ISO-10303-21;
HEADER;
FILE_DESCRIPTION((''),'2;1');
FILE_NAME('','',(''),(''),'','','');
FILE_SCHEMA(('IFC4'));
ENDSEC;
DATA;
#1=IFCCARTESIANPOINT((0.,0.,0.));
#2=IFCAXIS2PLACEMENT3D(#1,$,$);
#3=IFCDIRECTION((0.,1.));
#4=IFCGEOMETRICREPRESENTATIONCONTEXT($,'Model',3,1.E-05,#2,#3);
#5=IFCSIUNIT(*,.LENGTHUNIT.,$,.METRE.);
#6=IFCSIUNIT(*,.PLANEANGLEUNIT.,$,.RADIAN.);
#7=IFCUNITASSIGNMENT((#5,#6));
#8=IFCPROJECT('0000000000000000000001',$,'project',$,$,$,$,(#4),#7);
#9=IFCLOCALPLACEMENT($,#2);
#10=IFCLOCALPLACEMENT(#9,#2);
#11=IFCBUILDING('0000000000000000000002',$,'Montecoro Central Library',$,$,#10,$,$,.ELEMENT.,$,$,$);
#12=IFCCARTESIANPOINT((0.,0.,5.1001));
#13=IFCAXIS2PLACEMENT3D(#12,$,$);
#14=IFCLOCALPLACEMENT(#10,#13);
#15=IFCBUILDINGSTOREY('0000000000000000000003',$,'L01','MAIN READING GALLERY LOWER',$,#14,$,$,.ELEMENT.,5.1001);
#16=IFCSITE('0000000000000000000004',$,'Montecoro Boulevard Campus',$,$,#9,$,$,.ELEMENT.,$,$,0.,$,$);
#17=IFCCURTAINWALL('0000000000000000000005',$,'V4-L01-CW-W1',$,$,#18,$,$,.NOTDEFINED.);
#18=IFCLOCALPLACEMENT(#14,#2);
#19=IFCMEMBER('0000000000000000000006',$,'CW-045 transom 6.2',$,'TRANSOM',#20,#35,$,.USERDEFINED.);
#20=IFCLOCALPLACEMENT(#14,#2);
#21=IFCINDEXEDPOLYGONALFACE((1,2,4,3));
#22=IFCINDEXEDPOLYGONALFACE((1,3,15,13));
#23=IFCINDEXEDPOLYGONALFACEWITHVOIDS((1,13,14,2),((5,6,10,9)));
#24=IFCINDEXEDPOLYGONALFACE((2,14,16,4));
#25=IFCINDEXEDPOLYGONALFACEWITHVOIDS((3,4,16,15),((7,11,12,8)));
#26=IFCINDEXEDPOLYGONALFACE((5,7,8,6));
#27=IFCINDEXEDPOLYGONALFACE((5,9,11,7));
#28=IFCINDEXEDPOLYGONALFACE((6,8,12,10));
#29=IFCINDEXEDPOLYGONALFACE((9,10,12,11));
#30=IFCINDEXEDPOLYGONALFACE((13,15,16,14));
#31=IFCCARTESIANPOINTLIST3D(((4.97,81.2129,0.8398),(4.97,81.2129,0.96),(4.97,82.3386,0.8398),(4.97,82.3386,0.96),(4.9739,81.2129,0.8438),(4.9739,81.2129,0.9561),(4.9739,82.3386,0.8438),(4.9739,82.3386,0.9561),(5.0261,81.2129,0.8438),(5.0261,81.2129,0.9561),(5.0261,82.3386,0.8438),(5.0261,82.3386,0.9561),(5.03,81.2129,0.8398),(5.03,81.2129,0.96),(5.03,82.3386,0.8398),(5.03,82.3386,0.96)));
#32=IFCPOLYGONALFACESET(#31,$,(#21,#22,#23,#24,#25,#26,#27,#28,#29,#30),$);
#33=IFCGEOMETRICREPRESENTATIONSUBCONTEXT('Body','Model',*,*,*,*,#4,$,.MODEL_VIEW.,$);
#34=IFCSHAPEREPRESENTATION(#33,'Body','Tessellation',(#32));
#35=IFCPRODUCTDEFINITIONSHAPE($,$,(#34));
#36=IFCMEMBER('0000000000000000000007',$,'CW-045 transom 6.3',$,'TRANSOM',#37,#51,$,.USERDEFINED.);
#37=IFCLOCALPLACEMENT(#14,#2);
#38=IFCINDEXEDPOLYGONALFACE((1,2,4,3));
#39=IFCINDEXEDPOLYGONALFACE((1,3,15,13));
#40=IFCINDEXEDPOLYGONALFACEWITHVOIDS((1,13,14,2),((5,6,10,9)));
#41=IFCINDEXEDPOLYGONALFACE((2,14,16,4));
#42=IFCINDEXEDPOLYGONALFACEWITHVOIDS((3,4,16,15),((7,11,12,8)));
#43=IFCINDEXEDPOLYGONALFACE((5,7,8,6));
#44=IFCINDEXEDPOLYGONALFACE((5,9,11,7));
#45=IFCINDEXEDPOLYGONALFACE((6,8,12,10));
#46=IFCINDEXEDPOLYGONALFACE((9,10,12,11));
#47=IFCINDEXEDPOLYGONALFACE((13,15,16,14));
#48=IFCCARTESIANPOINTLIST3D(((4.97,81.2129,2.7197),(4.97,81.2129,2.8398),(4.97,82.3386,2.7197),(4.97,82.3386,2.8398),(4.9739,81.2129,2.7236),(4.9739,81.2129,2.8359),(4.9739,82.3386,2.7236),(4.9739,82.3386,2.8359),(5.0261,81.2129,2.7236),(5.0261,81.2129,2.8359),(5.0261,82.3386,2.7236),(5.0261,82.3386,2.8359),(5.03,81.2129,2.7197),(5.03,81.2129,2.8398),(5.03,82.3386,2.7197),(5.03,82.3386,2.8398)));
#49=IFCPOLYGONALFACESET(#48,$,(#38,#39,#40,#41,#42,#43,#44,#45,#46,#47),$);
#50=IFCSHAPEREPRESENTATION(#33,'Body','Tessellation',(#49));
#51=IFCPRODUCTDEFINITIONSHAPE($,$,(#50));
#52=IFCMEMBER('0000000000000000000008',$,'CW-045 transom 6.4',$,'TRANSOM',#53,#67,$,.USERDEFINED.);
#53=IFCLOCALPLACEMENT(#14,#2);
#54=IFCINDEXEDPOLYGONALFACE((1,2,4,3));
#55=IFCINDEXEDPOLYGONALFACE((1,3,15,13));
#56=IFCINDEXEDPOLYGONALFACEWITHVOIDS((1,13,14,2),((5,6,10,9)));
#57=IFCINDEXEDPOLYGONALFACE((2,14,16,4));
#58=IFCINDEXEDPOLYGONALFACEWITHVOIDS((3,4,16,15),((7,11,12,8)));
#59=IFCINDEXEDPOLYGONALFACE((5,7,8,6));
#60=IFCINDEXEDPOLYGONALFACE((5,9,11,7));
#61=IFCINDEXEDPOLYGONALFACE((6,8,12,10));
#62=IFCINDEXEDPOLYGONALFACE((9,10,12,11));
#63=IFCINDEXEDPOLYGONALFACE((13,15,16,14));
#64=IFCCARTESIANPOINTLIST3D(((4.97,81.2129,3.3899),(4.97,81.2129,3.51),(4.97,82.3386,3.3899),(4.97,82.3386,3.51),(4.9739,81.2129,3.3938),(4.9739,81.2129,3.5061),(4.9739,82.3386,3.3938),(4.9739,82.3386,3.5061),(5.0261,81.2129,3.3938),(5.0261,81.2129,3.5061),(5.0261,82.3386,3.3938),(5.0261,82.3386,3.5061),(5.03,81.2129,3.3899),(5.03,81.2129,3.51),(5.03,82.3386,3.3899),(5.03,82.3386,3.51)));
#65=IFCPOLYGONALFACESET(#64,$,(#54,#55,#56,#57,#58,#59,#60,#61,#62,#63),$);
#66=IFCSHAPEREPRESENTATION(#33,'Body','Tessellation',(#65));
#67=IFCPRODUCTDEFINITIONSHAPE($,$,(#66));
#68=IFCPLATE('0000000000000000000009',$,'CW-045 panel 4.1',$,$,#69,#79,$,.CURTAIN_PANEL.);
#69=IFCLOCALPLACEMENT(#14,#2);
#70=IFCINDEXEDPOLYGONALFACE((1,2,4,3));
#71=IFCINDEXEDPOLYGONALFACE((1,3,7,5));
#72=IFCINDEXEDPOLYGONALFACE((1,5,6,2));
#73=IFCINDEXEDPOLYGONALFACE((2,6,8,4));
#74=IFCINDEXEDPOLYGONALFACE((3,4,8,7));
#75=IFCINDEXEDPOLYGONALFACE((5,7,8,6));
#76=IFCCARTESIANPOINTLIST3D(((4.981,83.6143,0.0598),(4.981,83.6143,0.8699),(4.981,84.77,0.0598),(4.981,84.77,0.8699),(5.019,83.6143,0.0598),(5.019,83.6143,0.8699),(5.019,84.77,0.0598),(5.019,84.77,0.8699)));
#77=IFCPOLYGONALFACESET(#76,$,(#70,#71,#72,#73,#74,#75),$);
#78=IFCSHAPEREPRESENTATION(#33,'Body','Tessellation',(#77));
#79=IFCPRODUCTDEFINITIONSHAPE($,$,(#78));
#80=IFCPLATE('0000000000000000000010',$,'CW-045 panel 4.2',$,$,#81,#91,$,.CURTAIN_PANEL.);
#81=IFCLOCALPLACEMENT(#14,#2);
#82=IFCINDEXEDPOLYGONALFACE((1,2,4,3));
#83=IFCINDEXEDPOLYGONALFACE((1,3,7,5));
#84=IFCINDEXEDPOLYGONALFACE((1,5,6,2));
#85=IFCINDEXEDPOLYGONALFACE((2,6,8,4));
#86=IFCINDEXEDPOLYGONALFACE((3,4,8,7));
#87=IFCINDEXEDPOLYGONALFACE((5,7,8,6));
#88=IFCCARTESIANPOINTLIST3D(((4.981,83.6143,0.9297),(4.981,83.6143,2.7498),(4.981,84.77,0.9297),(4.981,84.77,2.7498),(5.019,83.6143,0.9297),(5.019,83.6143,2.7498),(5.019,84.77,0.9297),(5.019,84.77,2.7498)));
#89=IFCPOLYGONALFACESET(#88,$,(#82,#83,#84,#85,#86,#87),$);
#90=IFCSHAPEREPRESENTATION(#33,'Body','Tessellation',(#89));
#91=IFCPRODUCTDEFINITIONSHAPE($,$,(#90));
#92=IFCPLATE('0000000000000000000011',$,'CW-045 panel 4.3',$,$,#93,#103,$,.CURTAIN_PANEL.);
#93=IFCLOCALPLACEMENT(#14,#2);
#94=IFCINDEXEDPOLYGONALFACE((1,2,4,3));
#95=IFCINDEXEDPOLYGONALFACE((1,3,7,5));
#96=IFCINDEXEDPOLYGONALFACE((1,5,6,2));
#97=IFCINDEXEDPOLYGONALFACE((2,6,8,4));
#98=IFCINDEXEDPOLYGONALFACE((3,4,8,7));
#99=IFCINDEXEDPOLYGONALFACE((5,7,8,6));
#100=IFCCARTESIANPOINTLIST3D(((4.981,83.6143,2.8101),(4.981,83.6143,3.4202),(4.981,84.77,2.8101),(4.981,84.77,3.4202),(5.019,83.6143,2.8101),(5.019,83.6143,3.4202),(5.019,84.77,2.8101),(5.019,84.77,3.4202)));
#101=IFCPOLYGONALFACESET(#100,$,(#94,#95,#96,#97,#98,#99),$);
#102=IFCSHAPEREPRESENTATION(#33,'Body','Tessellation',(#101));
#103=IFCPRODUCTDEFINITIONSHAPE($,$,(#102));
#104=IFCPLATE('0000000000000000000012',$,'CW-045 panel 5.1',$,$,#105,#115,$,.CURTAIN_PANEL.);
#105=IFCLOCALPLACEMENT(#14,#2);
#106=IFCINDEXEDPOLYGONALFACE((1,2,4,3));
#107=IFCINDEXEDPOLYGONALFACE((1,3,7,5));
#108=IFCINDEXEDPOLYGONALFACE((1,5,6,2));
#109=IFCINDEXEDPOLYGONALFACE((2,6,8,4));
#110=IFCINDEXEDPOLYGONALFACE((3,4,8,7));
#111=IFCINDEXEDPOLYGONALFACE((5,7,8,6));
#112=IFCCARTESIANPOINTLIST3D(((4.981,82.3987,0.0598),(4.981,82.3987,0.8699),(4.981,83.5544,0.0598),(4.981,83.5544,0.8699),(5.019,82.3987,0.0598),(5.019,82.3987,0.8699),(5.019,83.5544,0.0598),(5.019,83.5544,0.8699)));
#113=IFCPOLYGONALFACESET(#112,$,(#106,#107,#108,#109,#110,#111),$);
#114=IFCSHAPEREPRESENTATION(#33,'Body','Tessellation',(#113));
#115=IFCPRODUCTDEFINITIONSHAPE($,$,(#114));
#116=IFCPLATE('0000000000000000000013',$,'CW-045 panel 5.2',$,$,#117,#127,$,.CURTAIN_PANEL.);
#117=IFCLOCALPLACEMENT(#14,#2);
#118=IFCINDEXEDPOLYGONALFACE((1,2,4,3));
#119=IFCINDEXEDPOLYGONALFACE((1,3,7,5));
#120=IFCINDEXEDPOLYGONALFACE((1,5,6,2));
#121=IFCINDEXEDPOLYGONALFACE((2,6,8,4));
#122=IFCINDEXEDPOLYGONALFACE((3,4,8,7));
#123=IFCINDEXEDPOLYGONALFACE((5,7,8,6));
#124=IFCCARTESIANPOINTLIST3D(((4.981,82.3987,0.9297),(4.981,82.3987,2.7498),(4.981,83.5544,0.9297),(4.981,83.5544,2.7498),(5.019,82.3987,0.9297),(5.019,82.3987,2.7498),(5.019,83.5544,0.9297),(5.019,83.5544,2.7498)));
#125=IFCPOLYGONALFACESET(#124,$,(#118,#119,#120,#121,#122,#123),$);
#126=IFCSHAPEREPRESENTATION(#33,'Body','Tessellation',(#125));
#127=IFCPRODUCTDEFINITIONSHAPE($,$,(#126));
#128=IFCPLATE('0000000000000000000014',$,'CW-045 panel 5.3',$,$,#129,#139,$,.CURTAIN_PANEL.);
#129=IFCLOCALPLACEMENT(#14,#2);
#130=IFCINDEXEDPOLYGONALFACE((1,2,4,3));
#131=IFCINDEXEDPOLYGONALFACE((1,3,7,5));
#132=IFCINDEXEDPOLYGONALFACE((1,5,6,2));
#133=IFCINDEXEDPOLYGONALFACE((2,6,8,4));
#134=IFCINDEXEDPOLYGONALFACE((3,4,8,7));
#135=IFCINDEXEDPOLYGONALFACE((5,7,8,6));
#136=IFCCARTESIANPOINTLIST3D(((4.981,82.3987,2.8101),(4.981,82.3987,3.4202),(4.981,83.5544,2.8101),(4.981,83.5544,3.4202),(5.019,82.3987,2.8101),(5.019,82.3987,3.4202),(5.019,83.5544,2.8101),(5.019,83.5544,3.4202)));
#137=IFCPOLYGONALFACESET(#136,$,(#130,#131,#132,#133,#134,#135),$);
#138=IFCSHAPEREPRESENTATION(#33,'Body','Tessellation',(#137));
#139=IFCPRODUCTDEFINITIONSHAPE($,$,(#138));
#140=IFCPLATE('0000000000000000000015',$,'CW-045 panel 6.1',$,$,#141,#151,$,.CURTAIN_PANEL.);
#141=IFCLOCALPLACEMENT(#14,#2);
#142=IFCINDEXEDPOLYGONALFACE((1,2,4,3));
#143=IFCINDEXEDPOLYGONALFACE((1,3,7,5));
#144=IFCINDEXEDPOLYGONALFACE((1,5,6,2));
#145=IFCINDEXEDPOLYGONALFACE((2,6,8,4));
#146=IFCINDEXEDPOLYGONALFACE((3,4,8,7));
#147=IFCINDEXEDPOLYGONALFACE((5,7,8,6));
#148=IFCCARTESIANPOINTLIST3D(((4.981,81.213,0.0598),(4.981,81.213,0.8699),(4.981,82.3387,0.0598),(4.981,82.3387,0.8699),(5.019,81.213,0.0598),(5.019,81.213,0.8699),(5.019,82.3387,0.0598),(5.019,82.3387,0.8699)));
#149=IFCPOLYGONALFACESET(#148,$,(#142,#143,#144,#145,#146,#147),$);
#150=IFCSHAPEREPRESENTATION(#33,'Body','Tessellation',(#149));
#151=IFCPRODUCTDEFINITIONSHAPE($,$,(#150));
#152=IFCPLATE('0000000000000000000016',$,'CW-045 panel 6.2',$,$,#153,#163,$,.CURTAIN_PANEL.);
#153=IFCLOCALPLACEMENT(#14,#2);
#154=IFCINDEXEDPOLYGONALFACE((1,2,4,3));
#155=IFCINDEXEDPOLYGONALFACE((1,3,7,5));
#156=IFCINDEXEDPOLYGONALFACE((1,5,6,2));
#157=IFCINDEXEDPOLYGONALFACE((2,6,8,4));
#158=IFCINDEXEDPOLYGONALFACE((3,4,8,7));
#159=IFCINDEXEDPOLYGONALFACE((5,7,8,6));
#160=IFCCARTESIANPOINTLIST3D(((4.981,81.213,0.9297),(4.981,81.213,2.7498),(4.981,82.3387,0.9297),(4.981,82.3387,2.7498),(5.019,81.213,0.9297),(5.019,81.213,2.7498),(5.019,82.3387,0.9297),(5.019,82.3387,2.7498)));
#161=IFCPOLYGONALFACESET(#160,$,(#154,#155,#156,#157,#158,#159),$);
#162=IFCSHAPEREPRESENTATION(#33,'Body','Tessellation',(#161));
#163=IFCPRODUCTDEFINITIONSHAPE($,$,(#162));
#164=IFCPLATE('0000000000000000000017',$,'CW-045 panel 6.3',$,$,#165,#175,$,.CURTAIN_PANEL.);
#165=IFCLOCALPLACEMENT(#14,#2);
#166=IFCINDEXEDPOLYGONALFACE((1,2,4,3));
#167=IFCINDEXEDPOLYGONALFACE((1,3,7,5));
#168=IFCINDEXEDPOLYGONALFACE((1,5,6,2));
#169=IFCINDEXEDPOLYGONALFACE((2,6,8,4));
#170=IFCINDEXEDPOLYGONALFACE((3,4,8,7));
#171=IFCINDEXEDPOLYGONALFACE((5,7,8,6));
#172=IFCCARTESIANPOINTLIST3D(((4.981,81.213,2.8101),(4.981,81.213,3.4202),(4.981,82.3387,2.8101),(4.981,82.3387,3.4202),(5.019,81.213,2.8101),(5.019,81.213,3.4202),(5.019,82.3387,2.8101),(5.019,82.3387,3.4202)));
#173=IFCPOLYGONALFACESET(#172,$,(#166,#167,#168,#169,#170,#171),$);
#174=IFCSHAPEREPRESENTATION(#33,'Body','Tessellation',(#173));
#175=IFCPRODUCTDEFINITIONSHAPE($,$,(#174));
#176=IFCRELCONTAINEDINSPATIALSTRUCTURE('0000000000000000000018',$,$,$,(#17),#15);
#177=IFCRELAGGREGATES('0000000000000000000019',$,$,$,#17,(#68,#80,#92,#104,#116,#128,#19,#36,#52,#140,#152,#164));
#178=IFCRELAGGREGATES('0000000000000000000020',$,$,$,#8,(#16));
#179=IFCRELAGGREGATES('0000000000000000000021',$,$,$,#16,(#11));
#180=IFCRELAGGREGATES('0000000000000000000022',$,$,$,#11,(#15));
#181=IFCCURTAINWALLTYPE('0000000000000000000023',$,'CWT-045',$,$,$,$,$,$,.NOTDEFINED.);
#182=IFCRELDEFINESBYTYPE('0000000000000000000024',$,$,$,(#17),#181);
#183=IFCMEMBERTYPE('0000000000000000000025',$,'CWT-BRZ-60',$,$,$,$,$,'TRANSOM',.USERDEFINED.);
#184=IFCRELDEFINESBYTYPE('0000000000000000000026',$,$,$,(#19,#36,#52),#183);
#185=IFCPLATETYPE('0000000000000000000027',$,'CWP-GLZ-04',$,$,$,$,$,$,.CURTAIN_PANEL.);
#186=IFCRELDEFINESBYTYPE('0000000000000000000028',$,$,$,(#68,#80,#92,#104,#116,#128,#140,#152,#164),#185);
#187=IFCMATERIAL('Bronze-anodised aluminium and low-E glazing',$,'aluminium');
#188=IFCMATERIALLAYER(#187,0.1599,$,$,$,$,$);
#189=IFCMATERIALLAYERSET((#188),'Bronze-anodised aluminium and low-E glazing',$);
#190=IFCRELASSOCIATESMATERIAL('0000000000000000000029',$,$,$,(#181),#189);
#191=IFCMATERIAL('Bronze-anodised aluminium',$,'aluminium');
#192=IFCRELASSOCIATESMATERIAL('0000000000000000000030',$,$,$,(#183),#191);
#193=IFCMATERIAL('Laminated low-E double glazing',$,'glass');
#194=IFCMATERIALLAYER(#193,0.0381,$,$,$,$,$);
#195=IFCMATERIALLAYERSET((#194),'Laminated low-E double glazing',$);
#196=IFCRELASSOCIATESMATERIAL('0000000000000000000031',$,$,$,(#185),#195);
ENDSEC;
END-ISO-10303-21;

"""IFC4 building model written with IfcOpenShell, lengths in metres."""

from ifc_helpers import new_model, si_unit, direction, frame, origin, origin_2d, place, context, subcontext, project, spatial, rectangle, hollow_rectangle, extrude, material, layer, layer_set, material_profile, profile_set, type_object, element, aggregate, save


model = new_model("IFC4")

# Units and contexts
model_context = context("Model", 3, precision=1e-05, world=origin(), true_north=direction((0.0, 1.0)))
body_context = subcontext(model_context, "Body", "Model", "MODEL_VIEW")
ifc_project = project(units=[si_unit("LENGTHUNIT", "METRE"), si_unit("PLANEANGLEUNIT", "RADIAN")], contexts=[model_context])

# Site, building, storey
site_placement = place(None, origin())
site = spatial("IfcSite", under=ifc_project, at=site_placement, Name="Montecoro Boulevard Campus", CompositionType="ELEMENT", RefElevation=0.0)
building_placement = place(site_placement, origin())
building = spatial("IfcBuilding", under=site, at=building_placement, Name="Montecoro Central Library", CompositionType="ELEMENT")
storey_placement = place(building_placement, frame((0.0, 0.0, 5.1001)))
storey = spatial("IfcBuildingStorey", under=building, at=storey_placement, Name="L01", Description="MAIN READING GALLERY LOWER", CompositionType="ELEMENT", Elevation=5.1001)

# Curtain wall, members, plates
ifc_material_1 = material(Name="Bronze-anodised aluminium and low-E glazing", Category="aluminium")
ifc_layer_1 = layer(ifc_material_1, 0.1599)
ifc_layer_set_1 = layer_set([ifc_layer_1], Name="Bronze-anodised aluminium and low-E glazing")
curtain_wall_type = type_object("IfcCurtainWallType", Name="CWT-045", PredefinedType="NOTDEFINED", material=ifc_layer_set_1)
curtain_wall_placement = place(storey_placement, origin())
curtain_wall = element("IfcCurtainWall", 1, at=curtain_wall_placement, inside=storey, type_object=curtain_wall_type, Name="V4-L01-CW-W1", PredefinedType="NOTDEFINED")
ifc_material_2 = material(Name="Bronze-anodised aluminium", Category="aluminium")
ifc_material_profile_1 = material_profile(ifc_material_2, hollow_rectangle(XDim=0.0601, YDim=0.1201, WallThickness=0.0039, at=origin_2d()), Name="CWT 120x60x4.0")
ifc_profile_set_1 = profile_set([ifc_material_profile_1], Name="Bronze-anodised aluminium")
member_type_1 = type_object("IfcMemberType", Name="CWT-BRZ-60", ElementType="TRANSOM", PredefinedType="USERDEFINED", material=ifc_profile_set_1)
member_1_placement = place(storey_placement, frame((5.0, 82.3386, 0.8999), z_axis=(0.0, -1.0, 0.0), x_axis=(1.0, 0.0, 0.0)))
member_1 = element("IfcMember", 2, at=member_1_placement, type_object=member_type_1, Name="CW-045 transom 6.2", ObjectType="TRANSOM", PredefinedType="USERDEFINED", context=body_context, shape_type="SweptSolid", body=[
    extrude(hollow_rectangle(XDim=0.0601, YDim=0.1201, WallThickness=0.0039, at=origin_2d()), origin(), (0.0, 0.0, 1.0), 1.1257),
])
member_2_placement = place(storey_placement, frame((5.0, 82.3386, 2.7798), z_axis=(0.0, -1.0, 0.0), x_axis=(1.0, 0.0, 0.0)))
member_2 = element("IfcMember", 3, at=member_2_placement, type_object=member_type_1, Name="CW-045 transom 6.3", ObjectType="TRANSOM", PredefinedType="USERDEFINED", context=body_context, shape_type="SweptSolid", body=[
    extrude(hollow_rectangle(XDim=0.0601, YDim=0.1201, WallThickness=0.0039, at=origin_2d()), origin(), (0.0, 0.0, 1.0), 1.1257),
])
member_3_placement = place(storey_placement, frame((5.0, 82.3386, 3.45), z_axis=(0.0, -1.0, 0.0), x_axis=(1.0, 0.0, 0.0)))
member_3 = element("IfcMember", 4, at=member_3_placement, type_object=member_type_1, Name="CW-045 transom 6.4", ObjectType="TRANSOM", PredefinedType="USERDEFINED", context=body_context, shape_type="SweptSolid", body=[
    extrude(hollow_rectangle(XDim=0.0601, YDim=0.1201, WallThickness=0.0039, at=origin_2d()), origin(), (0.0, 0.0, 1.0), 1.1257),
])
ifc_material_3 = material(Name="Laminated low-E double glazing", Category="glass")
ifc_layer_2 = layer(ifc_material_3, 0.0381)
ifc_layer_set_2 = layer_set([ifc_layer_2], Name="Laminated low-E double glazing")
plate_type = type_object("IfcPlateType", Name="CWP-GLZ-04", PredefinedType="CURTAIN_PANEL", material=ifc_layer_set_2)
plate_1_placement = place(storey_placement, frame((5.0, 84.1921, 0.0598), z_axis=(0.0, 0.0, 1.0), x_axis=(0.0, -1.0, 0.0)))
plate_1 = element("IfcPlate", 5, at=plate_1_placement, type_object=plate_type, Name="CW-045 panel 4.1", PredefinedType="CURTAIN_PANEL", context=body_context, shape_type="SweptSolid", body=[
    extrude(rectangle(XDim=1.1558, YDim=0.0381, at=origin_2d()), origin(), (0.0, 0.0, 1.0), 0.8101),
])
plate_2_placement = place(storey_placement, frame((5.0, 84.1921, 0.9297), z_axis=(0.0, 0.0, 1.0), x_axis=(0.0, -1.0, 0.0)))
plate_2 = element("IfcPlate", 6, at=plate_2_placement, type_object=plate_type, Name="CW-045 panel 4.2", PredefinedType="CURTAIN_PANEL", context=body_context, shape_type="SweptSolid", body=[
    extrude(rectangle(XDim=1.1558, YDim=0.0381, at=origin_2d()), origin(), (0.0, 0.0, 1.0), 1.8201),
])
plate_3_placement = place(storey_placement, frame((5.0, 84.1921, 2.8101), z_axis=(0.0, 0.0, 1.0), x_axis=(0.0, -1.0, 0.0)))
plate_3 = element("IfcPlate", 7, at=plate_3_placement, type_object=plate_type, Name="CW-045 panel 4.3", PredefinedType="CURTAIN_PANEL", context=body_context, shape_type="SweptSolid", body=[
    extrude(rectangle(XDim=1.1558, YDim=0.0381, at=origin_2d()), origin(), (0.0, 0.0, 1.0), 0.6101),
])
plate_4_placement = place(storey_placement, frame((5.0, 82.9766, 0.0598), z_axis=(0.0, 0.0, 1.0), x_axis=(0.0, -1.0, 0.0)))
plate_4 = element("IfcPlate", 8, at=plate_4_placement, type_object=plate_type, Name="CW-045 panel 5.1", PredefinedType="CURTAIN_PANEL", context=body_context, shape_type="SweptSolid", body=[
    extrude(rectangle(XDim=1.1558, YDim=0.0381, at=origin_2d()), origin(), (0.0, 0.0, 1.0), 0.8101),
])
plate_5_placement = place(storey_placement, frame((5.0, 82.9766, 0.9297), z_axis=(0.0, 0.0, 1.0), x_axis=(0.0, -1.0, 0.0)))
plate_5 = element("IfcPlate", 9, at=plate_5_placement, type_object=plate_type, Name="CW-045 panel 5.2", PredefinedType="CURTAIN_PANEL", context=body_context, shape_type="SweptSolid", body=[
    extrude(rectangle(XDim=1.1558, YDim=0.0381, at=origin_2d()), origin(), (0.0, 0.0, 1.0), 1.8201),
])
plate_6_placement = place(storey_placement, frame((5.0, 82.9766, 2.8101), z_axis=(0.0, 0.0, 1.0), x_axis=(0.0, -1.0, 0.0)))
plate_6 = element("IfcPlate", 10, at=plate_6_placement, type_object=plate_type, Name="CW-045 panel 5.3", PredefinedType="CURTAIN_PANEL", context=body_context, shape_type="SweptSolid", body=[
    extrude(rectangle(XDim=1.1558, YDim=0.0381, at=origin_2d()), origin(), (0.0, 0.0, 1.0), 0.6101),
])
plate_7_placement = place(storey_placement, frame((5.0, 81.7759, 0.0598), z_axis=(0.0, 0.0, 1.0), x_axis=(0.0, -1.0, 0.0)))
plate_7 = element("IfcPlate", 11, at=plate_7_placement, type_object=plate_type, Name="CW-045 panel 6.1", PredefinedType="CURTAIN_PANEL", context=body_context, shape_type="SweptSolid", body=[
    extrude(rectangle(XDim=1.1257, YDim=0.0381, at=origin_2d()), origin(), (0.0, 0.0, 1.0), 0.8101),
])
plate_8_placement = place(storey_placement, frame((5.0, 81.7759, 0.9297), z_axis=(0.0, 0.0, 1.0), x_axis=(0.0, -1.0, 0.0)))
plate_8 = element("IfcPlate", 12, at=plate_8_placement, type_object=plate_type, Name="CW-045 panel 6.2", PredefinedType="CURTAIN_PANEL", context=body_context, shape_type="SweptSolid", body=[
    extrude(rectangle(XDim=1.1257, YDim=0.0381, at=origin_2d()), origin(), (0.0, 0.0, 1.0), 1.8201),
])
plate_9_placement = place(storey_placement, frame((5.0, 81.7759, 2.8101), z_axis=(0.0, 0.0, 1.0), x_axis=(0.0, -1.0, 0.0)))
plate_9 = element("IfcPlate", 13, at=plate_9_placement, type_object=plate_type, Name="CW-045 panel 6.3", PredefinedType="CURTAIN_PANEL", context=body_context, shape_type="SweptSolid", body=[
    extrude(rectangle(XDim=1.1257, YDim=0.0381, at=origin_2d()), origin(), (0.0, 0.0, 1.0), 0.6101),
])
aggregate(curtain_wall, [plate_1, plate_2, plate_3, plate_4, plate_5, plate_6, member_1, member_2, member_3, plate_7, plate_8, plate_9])

save(model, "model.ifc")
